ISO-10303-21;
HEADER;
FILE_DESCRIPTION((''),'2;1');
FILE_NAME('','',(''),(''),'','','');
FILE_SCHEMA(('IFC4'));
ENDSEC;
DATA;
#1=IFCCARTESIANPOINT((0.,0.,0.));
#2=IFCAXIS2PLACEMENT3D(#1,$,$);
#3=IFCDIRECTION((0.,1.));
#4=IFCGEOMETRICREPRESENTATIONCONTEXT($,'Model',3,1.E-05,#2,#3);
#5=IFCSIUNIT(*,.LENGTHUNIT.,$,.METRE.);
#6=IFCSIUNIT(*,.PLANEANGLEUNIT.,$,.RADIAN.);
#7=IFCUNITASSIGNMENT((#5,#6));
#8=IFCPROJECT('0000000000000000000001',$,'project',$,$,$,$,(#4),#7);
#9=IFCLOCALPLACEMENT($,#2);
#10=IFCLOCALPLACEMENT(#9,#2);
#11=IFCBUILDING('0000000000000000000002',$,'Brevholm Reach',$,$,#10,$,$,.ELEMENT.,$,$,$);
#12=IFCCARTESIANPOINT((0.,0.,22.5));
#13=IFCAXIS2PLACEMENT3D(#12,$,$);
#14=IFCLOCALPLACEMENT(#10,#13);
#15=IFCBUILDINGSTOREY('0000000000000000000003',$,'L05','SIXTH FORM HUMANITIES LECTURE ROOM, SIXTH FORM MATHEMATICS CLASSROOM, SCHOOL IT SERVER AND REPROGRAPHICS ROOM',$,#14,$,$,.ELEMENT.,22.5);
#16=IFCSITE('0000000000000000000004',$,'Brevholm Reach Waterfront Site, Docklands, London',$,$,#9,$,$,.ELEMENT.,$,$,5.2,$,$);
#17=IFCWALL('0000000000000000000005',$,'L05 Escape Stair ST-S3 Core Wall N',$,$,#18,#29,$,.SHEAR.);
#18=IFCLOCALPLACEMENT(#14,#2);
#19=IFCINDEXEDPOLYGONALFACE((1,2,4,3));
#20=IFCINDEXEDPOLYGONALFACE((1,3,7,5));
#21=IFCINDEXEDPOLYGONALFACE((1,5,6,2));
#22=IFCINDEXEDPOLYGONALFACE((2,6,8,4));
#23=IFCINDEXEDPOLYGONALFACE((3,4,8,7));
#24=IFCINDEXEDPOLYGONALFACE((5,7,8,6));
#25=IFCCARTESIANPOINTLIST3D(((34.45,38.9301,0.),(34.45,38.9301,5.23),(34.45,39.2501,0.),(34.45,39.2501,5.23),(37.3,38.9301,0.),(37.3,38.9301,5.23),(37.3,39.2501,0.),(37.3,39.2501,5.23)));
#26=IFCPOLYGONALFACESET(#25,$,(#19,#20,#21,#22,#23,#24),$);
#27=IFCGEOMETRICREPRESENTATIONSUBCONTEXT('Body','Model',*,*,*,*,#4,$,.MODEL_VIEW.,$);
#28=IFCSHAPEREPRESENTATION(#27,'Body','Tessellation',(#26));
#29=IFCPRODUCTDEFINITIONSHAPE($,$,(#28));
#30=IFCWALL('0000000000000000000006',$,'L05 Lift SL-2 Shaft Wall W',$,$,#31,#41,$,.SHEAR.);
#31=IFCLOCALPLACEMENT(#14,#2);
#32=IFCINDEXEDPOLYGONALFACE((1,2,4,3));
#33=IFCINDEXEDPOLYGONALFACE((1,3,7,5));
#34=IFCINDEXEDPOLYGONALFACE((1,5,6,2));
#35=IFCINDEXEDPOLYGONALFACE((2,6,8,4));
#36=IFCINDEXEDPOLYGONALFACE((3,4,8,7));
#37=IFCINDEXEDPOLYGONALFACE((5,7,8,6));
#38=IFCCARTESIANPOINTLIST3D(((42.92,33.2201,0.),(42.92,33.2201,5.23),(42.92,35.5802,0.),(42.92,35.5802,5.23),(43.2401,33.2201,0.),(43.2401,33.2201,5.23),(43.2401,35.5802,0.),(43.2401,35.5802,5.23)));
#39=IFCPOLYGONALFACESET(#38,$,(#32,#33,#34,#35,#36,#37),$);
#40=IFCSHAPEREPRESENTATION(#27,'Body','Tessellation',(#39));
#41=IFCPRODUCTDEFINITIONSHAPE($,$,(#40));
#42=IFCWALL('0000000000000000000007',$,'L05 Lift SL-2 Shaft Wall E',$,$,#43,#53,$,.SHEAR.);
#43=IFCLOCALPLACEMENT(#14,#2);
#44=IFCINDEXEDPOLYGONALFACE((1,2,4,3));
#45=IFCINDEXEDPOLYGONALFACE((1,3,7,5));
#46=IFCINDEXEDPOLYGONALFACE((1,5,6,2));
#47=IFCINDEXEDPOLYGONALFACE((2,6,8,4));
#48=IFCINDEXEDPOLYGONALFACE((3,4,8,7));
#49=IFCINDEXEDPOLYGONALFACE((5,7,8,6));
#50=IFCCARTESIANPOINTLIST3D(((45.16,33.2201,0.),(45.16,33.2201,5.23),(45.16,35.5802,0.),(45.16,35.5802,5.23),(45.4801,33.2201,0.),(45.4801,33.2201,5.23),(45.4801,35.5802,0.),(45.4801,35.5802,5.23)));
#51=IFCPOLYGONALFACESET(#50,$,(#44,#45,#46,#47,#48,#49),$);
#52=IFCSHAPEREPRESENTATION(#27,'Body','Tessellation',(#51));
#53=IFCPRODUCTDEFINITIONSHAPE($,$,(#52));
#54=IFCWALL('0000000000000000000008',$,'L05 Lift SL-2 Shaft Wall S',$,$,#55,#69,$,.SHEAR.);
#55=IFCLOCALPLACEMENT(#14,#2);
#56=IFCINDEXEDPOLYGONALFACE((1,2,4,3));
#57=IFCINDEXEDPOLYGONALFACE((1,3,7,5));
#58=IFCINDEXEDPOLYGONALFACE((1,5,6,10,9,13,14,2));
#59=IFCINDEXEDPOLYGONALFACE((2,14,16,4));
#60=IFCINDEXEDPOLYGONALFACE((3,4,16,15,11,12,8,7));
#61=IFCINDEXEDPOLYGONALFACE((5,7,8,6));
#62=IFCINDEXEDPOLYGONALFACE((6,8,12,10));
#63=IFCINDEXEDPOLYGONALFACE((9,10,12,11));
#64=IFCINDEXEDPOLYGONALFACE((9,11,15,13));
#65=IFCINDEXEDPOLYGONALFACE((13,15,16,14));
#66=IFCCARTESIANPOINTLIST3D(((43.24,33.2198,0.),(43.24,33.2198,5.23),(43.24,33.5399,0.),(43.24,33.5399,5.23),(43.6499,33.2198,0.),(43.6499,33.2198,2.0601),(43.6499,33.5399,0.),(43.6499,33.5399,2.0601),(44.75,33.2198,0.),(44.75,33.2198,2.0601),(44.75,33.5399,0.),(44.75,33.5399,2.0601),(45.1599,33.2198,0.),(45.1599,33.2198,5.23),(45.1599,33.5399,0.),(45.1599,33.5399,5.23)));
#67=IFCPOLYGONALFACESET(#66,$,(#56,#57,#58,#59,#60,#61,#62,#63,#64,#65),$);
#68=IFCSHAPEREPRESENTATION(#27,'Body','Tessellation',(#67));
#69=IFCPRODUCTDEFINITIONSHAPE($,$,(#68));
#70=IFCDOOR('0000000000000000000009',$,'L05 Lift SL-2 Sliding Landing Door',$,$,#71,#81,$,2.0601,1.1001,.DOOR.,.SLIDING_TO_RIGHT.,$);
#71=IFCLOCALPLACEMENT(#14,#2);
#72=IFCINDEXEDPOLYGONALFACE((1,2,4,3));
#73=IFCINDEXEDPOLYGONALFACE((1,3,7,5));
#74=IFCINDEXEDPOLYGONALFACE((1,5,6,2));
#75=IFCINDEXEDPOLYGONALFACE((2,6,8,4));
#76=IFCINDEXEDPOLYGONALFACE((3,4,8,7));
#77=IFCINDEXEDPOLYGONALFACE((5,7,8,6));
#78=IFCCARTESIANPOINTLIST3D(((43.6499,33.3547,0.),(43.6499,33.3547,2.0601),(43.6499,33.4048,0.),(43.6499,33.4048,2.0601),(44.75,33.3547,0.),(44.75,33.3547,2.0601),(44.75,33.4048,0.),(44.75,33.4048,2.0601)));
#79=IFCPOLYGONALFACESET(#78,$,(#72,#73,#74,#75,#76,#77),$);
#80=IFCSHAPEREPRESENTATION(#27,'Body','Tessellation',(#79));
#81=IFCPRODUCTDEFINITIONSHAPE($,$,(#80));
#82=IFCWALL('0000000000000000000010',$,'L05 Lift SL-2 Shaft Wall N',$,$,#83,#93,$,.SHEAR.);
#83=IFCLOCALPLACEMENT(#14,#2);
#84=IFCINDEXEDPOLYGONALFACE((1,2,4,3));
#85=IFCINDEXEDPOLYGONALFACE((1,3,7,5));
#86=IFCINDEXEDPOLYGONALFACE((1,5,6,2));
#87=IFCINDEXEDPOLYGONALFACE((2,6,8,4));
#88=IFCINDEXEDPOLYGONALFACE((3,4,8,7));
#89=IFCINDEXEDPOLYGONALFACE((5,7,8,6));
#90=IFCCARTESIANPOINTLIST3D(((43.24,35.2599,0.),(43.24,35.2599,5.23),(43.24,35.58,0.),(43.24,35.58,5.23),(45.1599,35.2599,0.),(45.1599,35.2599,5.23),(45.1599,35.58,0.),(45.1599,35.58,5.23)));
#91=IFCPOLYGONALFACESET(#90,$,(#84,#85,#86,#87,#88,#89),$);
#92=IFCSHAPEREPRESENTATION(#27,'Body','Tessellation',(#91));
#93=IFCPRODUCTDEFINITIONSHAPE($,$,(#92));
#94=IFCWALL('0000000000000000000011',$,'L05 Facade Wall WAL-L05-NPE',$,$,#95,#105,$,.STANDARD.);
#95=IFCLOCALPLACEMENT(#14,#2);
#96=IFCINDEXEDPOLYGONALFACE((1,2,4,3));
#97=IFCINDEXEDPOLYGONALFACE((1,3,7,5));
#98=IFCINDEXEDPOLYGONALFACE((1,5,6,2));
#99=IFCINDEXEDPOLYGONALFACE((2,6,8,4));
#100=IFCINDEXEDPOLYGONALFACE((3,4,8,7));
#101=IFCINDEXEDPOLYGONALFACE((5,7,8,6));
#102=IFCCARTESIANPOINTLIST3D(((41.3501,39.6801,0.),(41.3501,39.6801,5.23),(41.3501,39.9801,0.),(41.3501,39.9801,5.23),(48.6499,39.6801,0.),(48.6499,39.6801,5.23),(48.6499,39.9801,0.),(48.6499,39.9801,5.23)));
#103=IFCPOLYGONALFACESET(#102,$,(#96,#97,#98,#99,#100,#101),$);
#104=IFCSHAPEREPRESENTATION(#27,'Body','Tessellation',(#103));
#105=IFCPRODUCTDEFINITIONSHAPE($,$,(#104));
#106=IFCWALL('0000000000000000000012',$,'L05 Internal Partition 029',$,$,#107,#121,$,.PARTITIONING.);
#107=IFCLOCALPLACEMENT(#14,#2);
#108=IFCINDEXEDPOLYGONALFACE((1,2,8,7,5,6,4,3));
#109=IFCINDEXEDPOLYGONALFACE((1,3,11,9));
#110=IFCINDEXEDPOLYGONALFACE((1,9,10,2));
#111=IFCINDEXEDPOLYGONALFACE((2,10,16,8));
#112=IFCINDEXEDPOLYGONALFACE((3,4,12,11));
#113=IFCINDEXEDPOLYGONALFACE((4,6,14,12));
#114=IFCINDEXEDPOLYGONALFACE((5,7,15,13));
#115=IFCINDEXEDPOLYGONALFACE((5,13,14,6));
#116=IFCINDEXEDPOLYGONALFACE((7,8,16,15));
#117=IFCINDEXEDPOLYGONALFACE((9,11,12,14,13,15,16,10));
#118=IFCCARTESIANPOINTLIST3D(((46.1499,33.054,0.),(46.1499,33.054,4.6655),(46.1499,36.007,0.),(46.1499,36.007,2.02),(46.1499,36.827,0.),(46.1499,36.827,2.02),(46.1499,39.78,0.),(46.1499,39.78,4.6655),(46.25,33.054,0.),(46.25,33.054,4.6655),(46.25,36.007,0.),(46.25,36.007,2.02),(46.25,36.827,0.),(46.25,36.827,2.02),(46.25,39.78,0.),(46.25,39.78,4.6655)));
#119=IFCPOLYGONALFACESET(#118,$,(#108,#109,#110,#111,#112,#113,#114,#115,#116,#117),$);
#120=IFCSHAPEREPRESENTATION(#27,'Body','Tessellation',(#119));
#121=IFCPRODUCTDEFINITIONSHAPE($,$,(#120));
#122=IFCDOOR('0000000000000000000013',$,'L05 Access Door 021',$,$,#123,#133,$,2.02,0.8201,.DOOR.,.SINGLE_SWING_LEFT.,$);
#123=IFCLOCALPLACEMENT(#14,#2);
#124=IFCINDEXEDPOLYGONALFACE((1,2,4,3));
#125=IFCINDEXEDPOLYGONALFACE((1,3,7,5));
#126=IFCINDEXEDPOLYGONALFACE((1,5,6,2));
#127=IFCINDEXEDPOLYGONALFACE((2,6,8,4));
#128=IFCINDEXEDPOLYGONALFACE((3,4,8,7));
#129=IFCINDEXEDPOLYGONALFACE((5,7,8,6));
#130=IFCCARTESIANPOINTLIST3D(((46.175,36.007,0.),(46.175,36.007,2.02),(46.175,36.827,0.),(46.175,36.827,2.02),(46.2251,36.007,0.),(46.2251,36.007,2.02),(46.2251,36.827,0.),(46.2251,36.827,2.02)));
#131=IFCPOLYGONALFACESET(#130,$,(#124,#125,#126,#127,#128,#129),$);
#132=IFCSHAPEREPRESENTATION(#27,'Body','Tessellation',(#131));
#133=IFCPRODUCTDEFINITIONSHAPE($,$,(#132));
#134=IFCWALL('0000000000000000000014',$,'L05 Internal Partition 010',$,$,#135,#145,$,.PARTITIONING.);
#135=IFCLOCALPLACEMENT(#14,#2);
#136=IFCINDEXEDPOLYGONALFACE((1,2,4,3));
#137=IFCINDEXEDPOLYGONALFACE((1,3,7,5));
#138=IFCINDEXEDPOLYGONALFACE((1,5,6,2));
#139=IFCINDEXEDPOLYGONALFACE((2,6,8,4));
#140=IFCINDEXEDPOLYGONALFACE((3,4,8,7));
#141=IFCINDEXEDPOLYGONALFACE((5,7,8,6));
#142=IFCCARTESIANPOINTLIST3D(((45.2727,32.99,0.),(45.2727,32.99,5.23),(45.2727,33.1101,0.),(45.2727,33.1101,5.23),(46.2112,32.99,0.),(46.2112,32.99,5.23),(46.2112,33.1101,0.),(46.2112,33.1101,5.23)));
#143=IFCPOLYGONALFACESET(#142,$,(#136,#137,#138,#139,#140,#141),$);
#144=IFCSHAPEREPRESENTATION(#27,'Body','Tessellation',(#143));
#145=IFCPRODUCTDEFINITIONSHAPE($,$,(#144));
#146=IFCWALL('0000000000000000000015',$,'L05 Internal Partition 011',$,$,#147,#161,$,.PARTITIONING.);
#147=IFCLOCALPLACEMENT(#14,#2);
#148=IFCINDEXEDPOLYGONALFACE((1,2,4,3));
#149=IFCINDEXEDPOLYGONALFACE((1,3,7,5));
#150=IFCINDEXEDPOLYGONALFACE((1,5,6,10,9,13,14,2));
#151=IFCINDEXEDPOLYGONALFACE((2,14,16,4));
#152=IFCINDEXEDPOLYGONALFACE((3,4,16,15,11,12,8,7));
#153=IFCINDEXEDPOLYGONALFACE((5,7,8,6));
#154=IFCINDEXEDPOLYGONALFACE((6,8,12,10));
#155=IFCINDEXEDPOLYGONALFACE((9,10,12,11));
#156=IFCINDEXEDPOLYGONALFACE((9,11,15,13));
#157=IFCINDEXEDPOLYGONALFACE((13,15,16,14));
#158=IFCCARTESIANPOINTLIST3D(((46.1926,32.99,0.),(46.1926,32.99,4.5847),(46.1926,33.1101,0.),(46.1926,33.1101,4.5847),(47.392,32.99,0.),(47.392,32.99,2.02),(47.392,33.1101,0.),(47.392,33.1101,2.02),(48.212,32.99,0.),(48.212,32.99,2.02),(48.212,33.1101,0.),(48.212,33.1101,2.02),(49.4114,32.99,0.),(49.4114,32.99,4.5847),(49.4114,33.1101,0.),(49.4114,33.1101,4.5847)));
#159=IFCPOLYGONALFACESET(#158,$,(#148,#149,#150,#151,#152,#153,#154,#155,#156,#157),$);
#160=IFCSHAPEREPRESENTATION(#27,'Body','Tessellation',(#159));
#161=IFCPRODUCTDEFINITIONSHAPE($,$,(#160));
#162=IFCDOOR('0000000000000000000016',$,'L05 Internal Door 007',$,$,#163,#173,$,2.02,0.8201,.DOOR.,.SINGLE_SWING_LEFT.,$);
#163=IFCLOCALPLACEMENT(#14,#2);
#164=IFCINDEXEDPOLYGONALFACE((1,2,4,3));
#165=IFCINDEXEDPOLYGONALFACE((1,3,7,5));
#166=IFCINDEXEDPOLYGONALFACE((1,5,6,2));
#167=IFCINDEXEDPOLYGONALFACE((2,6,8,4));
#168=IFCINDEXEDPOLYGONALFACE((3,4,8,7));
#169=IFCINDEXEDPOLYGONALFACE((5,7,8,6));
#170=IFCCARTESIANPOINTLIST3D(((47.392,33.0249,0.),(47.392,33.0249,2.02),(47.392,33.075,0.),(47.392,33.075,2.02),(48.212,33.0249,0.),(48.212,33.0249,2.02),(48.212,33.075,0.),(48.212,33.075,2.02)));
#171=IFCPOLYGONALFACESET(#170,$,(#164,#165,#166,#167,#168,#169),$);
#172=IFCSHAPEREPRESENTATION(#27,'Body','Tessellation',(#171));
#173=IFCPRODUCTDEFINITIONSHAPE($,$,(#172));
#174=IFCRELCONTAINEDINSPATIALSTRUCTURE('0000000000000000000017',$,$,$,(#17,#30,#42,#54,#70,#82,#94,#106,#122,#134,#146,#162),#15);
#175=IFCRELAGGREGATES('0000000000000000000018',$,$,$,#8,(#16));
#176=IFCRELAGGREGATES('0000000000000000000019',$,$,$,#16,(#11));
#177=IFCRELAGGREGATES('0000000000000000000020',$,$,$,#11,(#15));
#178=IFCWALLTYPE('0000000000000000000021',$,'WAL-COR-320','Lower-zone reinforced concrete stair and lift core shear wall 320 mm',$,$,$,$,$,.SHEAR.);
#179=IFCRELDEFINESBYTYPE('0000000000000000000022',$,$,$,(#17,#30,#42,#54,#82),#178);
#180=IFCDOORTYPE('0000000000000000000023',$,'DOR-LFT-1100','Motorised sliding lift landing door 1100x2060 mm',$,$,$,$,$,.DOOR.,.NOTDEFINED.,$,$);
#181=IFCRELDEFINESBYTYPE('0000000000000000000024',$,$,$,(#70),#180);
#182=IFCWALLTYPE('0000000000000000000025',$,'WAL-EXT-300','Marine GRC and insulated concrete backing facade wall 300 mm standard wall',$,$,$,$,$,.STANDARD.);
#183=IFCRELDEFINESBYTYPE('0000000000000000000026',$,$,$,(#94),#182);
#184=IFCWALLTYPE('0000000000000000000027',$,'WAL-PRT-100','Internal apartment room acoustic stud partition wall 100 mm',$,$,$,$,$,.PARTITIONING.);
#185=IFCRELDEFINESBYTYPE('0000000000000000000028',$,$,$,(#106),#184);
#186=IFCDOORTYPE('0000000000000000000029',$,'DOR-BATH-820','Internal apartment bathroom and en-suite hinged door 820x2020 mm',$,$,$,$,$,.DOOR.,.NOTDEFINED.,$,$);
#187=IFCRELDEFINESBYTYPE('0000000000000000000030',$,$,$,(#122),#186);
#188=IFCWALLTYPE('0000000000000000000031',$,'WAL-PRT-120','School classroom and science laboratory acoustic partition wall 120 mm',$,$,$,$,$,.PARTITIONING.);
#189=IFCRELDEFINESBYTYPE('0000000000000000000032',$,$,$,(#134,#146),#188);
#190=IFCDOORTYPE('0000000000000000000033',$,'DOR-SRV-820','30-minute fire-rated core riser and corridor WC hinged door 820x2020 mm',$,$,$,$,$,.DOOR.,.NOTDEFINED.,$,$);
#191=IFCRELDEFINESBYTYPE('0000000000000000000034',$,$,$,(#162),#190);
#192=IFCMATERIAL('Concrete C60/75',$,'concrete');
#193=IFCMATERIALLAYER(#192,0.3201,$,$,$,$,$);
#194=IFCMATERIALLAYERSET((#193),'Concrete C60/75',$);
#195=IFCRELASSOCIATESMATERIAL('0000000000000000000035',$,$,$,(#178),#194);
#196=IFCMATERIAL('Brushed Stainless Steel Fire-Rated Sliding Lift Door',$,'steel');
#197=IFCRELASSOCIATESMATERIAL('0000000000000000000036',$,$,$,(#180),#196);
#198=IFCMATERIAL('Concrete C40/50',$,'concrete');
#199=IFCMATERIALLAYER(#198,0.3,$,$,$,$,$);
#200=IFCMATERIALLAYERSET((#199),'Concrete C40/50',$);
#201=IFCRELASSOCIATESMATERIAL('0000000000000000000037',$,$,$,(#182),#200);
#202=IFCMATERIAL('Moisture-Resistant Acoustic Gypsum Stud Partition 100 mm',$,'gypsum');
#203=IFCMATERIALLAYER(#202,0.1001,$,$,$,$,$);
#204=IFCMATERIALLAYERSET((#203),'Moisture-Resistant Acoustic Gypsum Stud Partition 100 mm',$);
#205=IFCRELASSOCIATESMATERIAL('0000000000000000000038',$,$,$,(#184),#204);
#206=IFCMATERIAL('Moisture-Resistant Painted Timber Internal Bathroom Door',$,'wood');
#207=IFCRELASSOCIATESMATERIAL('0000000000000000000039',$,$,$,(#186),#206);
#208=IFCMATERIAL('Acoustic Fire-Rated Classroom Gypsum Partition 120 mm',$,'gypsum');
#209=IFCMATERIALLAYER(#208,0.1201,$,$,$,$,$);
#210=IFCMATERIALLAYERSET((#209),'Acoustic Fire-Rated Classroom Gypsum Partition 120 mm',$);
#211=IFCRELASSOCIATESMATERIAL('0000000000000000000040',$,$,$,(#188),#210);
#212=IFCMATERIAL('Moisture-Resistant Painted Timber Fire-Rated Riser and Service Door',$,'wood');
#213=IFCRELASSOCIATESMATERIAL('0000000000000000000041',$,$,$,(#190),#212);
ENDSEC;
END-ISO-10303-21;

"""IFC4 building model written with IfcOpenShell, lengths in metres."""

from ifc_helpers import new_model, si_unit, direction, frame, frame_2d, origin, place, context, subcontext, project, spatial, rectangle, extrude, material, layer, layer_set, type_object, element, fill, save


model = new_model("IFC4")

# Units and contexts
model_context = context("Model", 3, precision=1e-05, world=origin(), true_north=direction((0.0, 1.0)))
body_context = subcontext(model_context, "Body", "Model", "MODEL_VIEW")
ifc_project = project(units=[si_unit("LENGTHUNIT", "METRE"), si_unit("PLANEANGLEUNIT", "RADIAN")], contexts=[model_context])

# Site, building, storey
site_placement = place(None, origin())
site = spatial("IfcSite", under=ifc_project, at=site_placement, Name="Brevholm Reach Waterfront Site, Docklands, London", CompositionType="ELEMENT", RefElevation=5.2)
building_placement = place(site_placement, origin())
building = spatial("IfcBuilding", under=site, at=building_placement, Name="Brevholm Reach", CompositionType="ELEMENT")
storey_placement = place(building_placement, frame((0.0, 0.0, 22.5)))
storey = spatial("IfcBuildingStorey", under=building, at=storey_placement, Name="L05", Description="SIXTH FORM HUMANITIES LECTURE ROOM, SIXTH FORM MATHEMATICS CLASSROOM, SCHOOL IT SERVER AND REPROGRAPHICS ROOM", CompositionType="ELEMENT", Elevation=22.5)

# Shared definitions
ifc_material_1 = material(Name="Concrete C60/75", Category="concrete")
ifc_layer_1 = layer(ifc_material_1, 0.3201)
ifc_layer_set_1 = layer_set([ifc_layer_1], Name="Concrete C60/75")
wall_type_1 = type_object("IfcWallType", Name="WAL-COR-320", Description="Lower-zone reinforced concrete stair and lift core shear wall 320 mm", PredefinedType="SHEAR", material=ifc_layer_set_1)

# Walls
wall_1_placement = place(storey_placement, frame((37.3, 39.0901, 0.0), z_axis=(0.0, 0.0, 1.0), x_axis=(-1.0, 0.0, 0.0)))
element("IfcWall", 1, at=wall_1_placement, inside=storey, type_object=wall_type_1, Name="L05 Escape Stair ST-S3 Core Wall N", PredefinedType="SHEAR", context=body_context, shape_type="SweptSolid", body=[
    extrude(rectangle(XDim=2.8501, YDim=0.3201, at=frame_2d((1.425, 0.0))), origin(), (0.0, 0.0, 1.0), 5.23),
])
for number, where, z_axis, x_axis, name in (
    (2, (43.0801, 33.22, 0.0), (0.0, 0.0, 1.0), (0.0, 1.0, 0.0), "L05 Lift SL-2 Shaft Wall W"),
    (3, (45.3201, 33.22, 0.0), (0.0, 0.0, 1.0), (0.0, 1.0, 0.0), "L05 Lift SL-2 Shaft Wall E"),
):
    element("IfcWall", number, at=place(storey_placement, frame(where, z_axis=z_axis, x_axis=x_axis)), inside=storey, type_object=wall_type_1, Name=name, PredefinedType="SHEAR", context=body_context, shape_type="SweptSolid", body=[
        extrude(rectangle(XDim=2.3601, YDim=0.3201, at=frame_2d((1.1802, 0.0))), origin(), (0.0, 0.0, 1.0), 5.23),
    ])

# Wall, opening, door
wall_2_placement = place(storey_placement, frame((43.24, 33.3799, 0.0), z_axis=(0.0, 0.0, 1.0), x_axis=(1.0, 0.0, 0.0)))
wall_2 = element("IfcWall", 4, at=wall_2_placement, inside=storey, type_object=wall_type_1, Name="L05 Lift SL-2 Shaft Wall S", PredefinedType="SHEAR", context=body_context, shape_type="SweptSolid", body=[
    extrude(rectangle(XDim=1.9199, YDim=0.3201, at=frame_2d((0.96, 0.0))), origin(), (0.0, 0.0, 1.0), 5.23),
])
opening_1_placement = place(wall_2_placement, frame((0.4099, 0.0, 0.0)))
opening_1 = element("IfcOpeningElement", 5, at=opening_1_placement, cuts=wall_2, PredefinedType="OPENING", context=body_context, shape_type="SweptSolid", body=[
    extrude(rectangle(XDim=1.1001, YDim=2.0601, at=frame_2d((0.55, 1.03))), frame((0.0, 0.1699, 0.0), z_axis=(0.0, -1.0, 0.0), x_axis=(1.0, 0.0, 0.0)), (0.0, 0.0, 1.0), 0.3401),
])
ifc_material_2 = material(Name="Brushed Stainless Steel Fire-Rated Sliding Lift Door", Category="steel")
door_type_1 = type_object("IfcDoorType", Name="DOR-LFT-1100", Description="Motorised sliding lift landing door 1100x2060 mm", OperationType="NOTDEFINED", PredefinedType="DOOR", material=ifc_material_2)
door_1_placement = place(opening_1_placement, origin())
door_1 = element("IfcDoor", 6, at=door_1_placement, inside=storey, type_object=door_type_1, Name="L05 Lift SL-2 Sliding Landing Door", OperationType="SLIDING_TO_RIGHT", OverallHeight=2.0601, OverallWidth=1.1001, PredefinedType="DOOR", context=body_context, shape_type="SweptSolid", body=[
    extrude(rectangle(XDim=1.1001, YDim=2.0601, at=frame_2d((0.55, 1.03))), frame((0.0, 0.0249, 0.0), z_axis=(0.0, -1.0, 0.0), x_axis=(1.0, 0.0, 0.0)), (0.0, 0.0, 1.0), 0.05),
])
fill(opening_1, door_1)

# Walls
wall_3_placement = place(storey_placement, frame((43.24, 35.4199, 0.0), z_axis=(0.0, 0.0, 1.0), x_axis=(1.0, 0.0, 0.0)))
element("IfcWall", 7, at=wall_3_placement, inside=storey, type_object=wall_type_1, Name="L05 Lift SL-2 Shaft Wall N", PredefinedType="SHEAR", context=body_context, shape_type="SweptSolid", body=[
    extrude(rectangle(XDim=1.9199, YDim=0.3201, at=frame_2d((0.96, 0.0))), origin(), (0.0, 0.0, 1.0), 5.23),
])
ifc_material_3 = material(Name="Concrete C40/50", Category="concrete")
ifc_layer_2 = layer(ifc_material_3, 0.3)
ifc_layer_set_2 = layer_set([ifc_layer_2], Name="Concrete C40/50")
wall_type_2 = type_object("IfcWallType", Name="WAL-EXT-300", Description="Marine GRC and insulated concrete backing facade wall 300 mm standard wall", PredefinedType="STANDARD", material=ifc_layer_set_2)
wall_4_placement = place(storey_placement, frame((41.3501, 39.8301, 0.0), z_axis=(0.0, 0.0, 1.0), x_axis=(1.0, 0.0, 0.0)))
element("IfcWall", 8, at=wall_4_placement, inside=storey, type_object=wall_type_2, Name="L05 Facade Wall WAL-L05-NPE", PredefinedType="STANDARD", context=body_context, shape_type="SweptSolid", body=[
    extrude(rectangle(XDim=7.2998, YDim=0.3, at=frame_2d((3.6499, 0.0))), origin(), (0.0, 0.0, 1.0), 5.23),
])

# Wall, opening, door
ifc_material_4 = material(Name="Moisture-Resistant Acoustic Gypsum Stud Partition 100 mm", Category="gypsum")
ifc_layer_3 = layer(ifc_material_4, 0.1001)
ifc_layer_set_3 = layer_set([ifc_layer_3], Name="Moisture-Resistant Acoustic Gypsum Stud Partition 100 mm")
wall_type_3 = type_object("IfcWallType", Name="WAL-PRT-100", Description="Internal apartment room acoustic stud partition wall 100 mm", PredefinedType="PARTITIONING", material=ifc_layer_set_3)
wall_5_placement = place(storey_placement, frame((46.2, 33.054, 0.0), z_axis=(0.0, 0.0, 1.0), x_axis=(0.0, 1.0, 0.0)))
wall_5 = element("IfcWall", 9, at=wall_5_placement, inside=storey, type_object=wall_type_3, Name="L05 Internal Partition 029", PredefinedType="PARTITIONING", context=body_context, shape_type="SweptSolid", body=[
    extrude(rectangle(XDim=6.7261, YDim=0.1001, at=frame_2d((3.363, 0.0))), origin(), (0.0, 0.0, 1.0), 4.6655),
])
opening_2_placement = place(wall_5_placement, frame((2.9529, 0.0, 0.0)))
opening_2 = element("IfcOpeningElement", 10, at=opening_2_placement, cuts=wall_5, PredefinedType="OPENING", context=body_context, shape_type="SweptSolid", body=[
    extrude(rectangle(XDim=0.8201, YDim=2.02, at=frame_2d((0.4102, 1.01))), frame((0.0, 0.0601, 0.0), z_axis=(0.0, -1.0, 0.0), x_axis=(1.0, 0.0, 0.0)), (0.0, 0.0, 1.0), 0.1201),
])
ifc_material_5 = material(Name="Moisture-Resistant Painted Timber Internal Bathroom Door", Category="wood")
door_type_2 = type_object("IfcDoorType", Name="DOR-BATH-820", Description="Internal apartment bathroom and en-suite hinged door 820x2020 mm", OperationType="NOTDEFINED", PredefinedType="DOOR", material=ifc_material_5)
door_2_placement = place(opening_2_placement, origin())
door_2 = element("IfcDoor", 11, at=door_2_placement, inside=storey, type_object=door_type_2, Name="L05 Access Door 021", OperationType="SINGLE_SWING_LEFT", OverallHeight=2.02, OverallWidth=0.8201, PredefinedType="DOOR", context=body_context, shape_type="SweptSolid", body=[
    extrude(rectangle(XDim=0.8201, YDim=2.02, at=frame_2d((0.4102, 1.01))), frame((0.0, 0.0249, 0.0), z_axis=(0.0, -1.0, 0.0), x_axis=(1.0, 0.0, 0.0)), (0.0, 0.0, 1.0), 0.05),
])
fill(opening_2, door_2)

# Wall
ifc_material_6 = material(Name="Acoustic Fire-Rated Classroom Gypsum Partition 120 mm", Category="gypsum")
ifc_layer_4 = layer(ifc_material_6, 0.1201)
ifc_layer_set_4 = layer_set([ifc_layer_4], Name="Acoustic Fire-Rated Classroom Gypsum Partition 120 mm")
wall_type_4 = type_object("IfcWallType", Name="WAL-PRT-120", Description="School classroom and science laboratory acoustic partition wall 120 mm", PredefinedType="PARTITIONING", material=ifc_layer_set_4)
wall_6_placement = place(storey_placement, frame((45.2727, 33.05, 0.0), z_axis=(0.0, 0.0, 1.0), x_axis=(1.0, 0.0, 0.0)))
element("IfcWall", 12, at=wall_6_placement, inside=storey, type_object=wall_type_4, Name="L05 Internal Partition 010", PredefinedType="PARTITIONING", context=body_context, shape_type="SweptSolid", body=[
    extrude(rectangle(XDim=0.9385, YDim=0.1201, at=frame_2d((0.4692, 0.0))), origin(), (0.0, 0.0, 1.0), 5.23),
])

# Wall, opening, door
wall_7_placement = place(storey_placement, frame((46.1926, 33.05, 0.0), z_axis=(0.0, 0.0, 1.0), x_axis=(1.0, 0.0, 0.0)))
wall_7 = element("IfcWall", 13, at=wall_7_placement, inside=storey, type_object=wall_type_4, Name="L05 Internal Partition 011", PredefinedType="PARTITIONING", context=body_context, shape_type="SweptSolid", body=[
    extrude(rectangle(XDim=3.2188, YDim=0.1201, at=frame_2d((1.6094, 0.0))), origin(), (0.0, 0.0, 1.0), 4.5847),
])
opening_3_placement = place(wall_7_placement, frame((1.1992, 0.0, 0.0)))
opening_3 = element("IfcOpeningElement", 14, at=opening_3_placement, cuts=wall_7, PredefinedType="OPENING", context=body_context, shape_type="SweptSolid", body=[
    extrude(rectangle(XDim=0.8201, YDim=2.02, at=frame_2d((0.4102, 1.01))), frame((0.0, 0.0701, 0.0), z_axis=(0.0, -1.0, 0.0), x_axis=(1.0, 0.0, 0.0)), (0.0, 0.0, 1.0), 0.1401),
])
ifc_material_7 = material(Name="Moisture-Resistant Painted Timber Fire-Rated Riser and Service Door", Category="wood")
door_type_3 = type_object("IfcDoorType", Name="DOR-SRV-820", Description="30-minute fire-rated core riser and corridor WC hinged door 820x2020 mm", OperationType="NOTDEFINED", PredefinedType="DOOR", material=ifc_material_7)
door_3_placement = place(opening_3_placement, origin())
door_3 = element("IfcDoor", 15, at=door_3_placement, inside=storey, type_object=door_type_3, Name="L05 Internal Door 007", OperationType="SINGLE_SWING_LEFT", OverallHeight=2.02, OverallWidth=0.8201, PredefinedType="DOOR", context=body_context, shape_type="SweptSolid", body=[
    extrude(rectangle(XDim=0.8201, YDim=2.02, at=frame_2d((0.4102, 1.01))), frame((0.0, 0.0249, 0.0), z_axis=(0.0, -1.0, 0.0), x_axis=(1.0, 0.0, 0.0)), (0.0, 0.0, 1.0), 0.05),
])
fill(opening_3, door_3)

save(model, "model.ifc")
